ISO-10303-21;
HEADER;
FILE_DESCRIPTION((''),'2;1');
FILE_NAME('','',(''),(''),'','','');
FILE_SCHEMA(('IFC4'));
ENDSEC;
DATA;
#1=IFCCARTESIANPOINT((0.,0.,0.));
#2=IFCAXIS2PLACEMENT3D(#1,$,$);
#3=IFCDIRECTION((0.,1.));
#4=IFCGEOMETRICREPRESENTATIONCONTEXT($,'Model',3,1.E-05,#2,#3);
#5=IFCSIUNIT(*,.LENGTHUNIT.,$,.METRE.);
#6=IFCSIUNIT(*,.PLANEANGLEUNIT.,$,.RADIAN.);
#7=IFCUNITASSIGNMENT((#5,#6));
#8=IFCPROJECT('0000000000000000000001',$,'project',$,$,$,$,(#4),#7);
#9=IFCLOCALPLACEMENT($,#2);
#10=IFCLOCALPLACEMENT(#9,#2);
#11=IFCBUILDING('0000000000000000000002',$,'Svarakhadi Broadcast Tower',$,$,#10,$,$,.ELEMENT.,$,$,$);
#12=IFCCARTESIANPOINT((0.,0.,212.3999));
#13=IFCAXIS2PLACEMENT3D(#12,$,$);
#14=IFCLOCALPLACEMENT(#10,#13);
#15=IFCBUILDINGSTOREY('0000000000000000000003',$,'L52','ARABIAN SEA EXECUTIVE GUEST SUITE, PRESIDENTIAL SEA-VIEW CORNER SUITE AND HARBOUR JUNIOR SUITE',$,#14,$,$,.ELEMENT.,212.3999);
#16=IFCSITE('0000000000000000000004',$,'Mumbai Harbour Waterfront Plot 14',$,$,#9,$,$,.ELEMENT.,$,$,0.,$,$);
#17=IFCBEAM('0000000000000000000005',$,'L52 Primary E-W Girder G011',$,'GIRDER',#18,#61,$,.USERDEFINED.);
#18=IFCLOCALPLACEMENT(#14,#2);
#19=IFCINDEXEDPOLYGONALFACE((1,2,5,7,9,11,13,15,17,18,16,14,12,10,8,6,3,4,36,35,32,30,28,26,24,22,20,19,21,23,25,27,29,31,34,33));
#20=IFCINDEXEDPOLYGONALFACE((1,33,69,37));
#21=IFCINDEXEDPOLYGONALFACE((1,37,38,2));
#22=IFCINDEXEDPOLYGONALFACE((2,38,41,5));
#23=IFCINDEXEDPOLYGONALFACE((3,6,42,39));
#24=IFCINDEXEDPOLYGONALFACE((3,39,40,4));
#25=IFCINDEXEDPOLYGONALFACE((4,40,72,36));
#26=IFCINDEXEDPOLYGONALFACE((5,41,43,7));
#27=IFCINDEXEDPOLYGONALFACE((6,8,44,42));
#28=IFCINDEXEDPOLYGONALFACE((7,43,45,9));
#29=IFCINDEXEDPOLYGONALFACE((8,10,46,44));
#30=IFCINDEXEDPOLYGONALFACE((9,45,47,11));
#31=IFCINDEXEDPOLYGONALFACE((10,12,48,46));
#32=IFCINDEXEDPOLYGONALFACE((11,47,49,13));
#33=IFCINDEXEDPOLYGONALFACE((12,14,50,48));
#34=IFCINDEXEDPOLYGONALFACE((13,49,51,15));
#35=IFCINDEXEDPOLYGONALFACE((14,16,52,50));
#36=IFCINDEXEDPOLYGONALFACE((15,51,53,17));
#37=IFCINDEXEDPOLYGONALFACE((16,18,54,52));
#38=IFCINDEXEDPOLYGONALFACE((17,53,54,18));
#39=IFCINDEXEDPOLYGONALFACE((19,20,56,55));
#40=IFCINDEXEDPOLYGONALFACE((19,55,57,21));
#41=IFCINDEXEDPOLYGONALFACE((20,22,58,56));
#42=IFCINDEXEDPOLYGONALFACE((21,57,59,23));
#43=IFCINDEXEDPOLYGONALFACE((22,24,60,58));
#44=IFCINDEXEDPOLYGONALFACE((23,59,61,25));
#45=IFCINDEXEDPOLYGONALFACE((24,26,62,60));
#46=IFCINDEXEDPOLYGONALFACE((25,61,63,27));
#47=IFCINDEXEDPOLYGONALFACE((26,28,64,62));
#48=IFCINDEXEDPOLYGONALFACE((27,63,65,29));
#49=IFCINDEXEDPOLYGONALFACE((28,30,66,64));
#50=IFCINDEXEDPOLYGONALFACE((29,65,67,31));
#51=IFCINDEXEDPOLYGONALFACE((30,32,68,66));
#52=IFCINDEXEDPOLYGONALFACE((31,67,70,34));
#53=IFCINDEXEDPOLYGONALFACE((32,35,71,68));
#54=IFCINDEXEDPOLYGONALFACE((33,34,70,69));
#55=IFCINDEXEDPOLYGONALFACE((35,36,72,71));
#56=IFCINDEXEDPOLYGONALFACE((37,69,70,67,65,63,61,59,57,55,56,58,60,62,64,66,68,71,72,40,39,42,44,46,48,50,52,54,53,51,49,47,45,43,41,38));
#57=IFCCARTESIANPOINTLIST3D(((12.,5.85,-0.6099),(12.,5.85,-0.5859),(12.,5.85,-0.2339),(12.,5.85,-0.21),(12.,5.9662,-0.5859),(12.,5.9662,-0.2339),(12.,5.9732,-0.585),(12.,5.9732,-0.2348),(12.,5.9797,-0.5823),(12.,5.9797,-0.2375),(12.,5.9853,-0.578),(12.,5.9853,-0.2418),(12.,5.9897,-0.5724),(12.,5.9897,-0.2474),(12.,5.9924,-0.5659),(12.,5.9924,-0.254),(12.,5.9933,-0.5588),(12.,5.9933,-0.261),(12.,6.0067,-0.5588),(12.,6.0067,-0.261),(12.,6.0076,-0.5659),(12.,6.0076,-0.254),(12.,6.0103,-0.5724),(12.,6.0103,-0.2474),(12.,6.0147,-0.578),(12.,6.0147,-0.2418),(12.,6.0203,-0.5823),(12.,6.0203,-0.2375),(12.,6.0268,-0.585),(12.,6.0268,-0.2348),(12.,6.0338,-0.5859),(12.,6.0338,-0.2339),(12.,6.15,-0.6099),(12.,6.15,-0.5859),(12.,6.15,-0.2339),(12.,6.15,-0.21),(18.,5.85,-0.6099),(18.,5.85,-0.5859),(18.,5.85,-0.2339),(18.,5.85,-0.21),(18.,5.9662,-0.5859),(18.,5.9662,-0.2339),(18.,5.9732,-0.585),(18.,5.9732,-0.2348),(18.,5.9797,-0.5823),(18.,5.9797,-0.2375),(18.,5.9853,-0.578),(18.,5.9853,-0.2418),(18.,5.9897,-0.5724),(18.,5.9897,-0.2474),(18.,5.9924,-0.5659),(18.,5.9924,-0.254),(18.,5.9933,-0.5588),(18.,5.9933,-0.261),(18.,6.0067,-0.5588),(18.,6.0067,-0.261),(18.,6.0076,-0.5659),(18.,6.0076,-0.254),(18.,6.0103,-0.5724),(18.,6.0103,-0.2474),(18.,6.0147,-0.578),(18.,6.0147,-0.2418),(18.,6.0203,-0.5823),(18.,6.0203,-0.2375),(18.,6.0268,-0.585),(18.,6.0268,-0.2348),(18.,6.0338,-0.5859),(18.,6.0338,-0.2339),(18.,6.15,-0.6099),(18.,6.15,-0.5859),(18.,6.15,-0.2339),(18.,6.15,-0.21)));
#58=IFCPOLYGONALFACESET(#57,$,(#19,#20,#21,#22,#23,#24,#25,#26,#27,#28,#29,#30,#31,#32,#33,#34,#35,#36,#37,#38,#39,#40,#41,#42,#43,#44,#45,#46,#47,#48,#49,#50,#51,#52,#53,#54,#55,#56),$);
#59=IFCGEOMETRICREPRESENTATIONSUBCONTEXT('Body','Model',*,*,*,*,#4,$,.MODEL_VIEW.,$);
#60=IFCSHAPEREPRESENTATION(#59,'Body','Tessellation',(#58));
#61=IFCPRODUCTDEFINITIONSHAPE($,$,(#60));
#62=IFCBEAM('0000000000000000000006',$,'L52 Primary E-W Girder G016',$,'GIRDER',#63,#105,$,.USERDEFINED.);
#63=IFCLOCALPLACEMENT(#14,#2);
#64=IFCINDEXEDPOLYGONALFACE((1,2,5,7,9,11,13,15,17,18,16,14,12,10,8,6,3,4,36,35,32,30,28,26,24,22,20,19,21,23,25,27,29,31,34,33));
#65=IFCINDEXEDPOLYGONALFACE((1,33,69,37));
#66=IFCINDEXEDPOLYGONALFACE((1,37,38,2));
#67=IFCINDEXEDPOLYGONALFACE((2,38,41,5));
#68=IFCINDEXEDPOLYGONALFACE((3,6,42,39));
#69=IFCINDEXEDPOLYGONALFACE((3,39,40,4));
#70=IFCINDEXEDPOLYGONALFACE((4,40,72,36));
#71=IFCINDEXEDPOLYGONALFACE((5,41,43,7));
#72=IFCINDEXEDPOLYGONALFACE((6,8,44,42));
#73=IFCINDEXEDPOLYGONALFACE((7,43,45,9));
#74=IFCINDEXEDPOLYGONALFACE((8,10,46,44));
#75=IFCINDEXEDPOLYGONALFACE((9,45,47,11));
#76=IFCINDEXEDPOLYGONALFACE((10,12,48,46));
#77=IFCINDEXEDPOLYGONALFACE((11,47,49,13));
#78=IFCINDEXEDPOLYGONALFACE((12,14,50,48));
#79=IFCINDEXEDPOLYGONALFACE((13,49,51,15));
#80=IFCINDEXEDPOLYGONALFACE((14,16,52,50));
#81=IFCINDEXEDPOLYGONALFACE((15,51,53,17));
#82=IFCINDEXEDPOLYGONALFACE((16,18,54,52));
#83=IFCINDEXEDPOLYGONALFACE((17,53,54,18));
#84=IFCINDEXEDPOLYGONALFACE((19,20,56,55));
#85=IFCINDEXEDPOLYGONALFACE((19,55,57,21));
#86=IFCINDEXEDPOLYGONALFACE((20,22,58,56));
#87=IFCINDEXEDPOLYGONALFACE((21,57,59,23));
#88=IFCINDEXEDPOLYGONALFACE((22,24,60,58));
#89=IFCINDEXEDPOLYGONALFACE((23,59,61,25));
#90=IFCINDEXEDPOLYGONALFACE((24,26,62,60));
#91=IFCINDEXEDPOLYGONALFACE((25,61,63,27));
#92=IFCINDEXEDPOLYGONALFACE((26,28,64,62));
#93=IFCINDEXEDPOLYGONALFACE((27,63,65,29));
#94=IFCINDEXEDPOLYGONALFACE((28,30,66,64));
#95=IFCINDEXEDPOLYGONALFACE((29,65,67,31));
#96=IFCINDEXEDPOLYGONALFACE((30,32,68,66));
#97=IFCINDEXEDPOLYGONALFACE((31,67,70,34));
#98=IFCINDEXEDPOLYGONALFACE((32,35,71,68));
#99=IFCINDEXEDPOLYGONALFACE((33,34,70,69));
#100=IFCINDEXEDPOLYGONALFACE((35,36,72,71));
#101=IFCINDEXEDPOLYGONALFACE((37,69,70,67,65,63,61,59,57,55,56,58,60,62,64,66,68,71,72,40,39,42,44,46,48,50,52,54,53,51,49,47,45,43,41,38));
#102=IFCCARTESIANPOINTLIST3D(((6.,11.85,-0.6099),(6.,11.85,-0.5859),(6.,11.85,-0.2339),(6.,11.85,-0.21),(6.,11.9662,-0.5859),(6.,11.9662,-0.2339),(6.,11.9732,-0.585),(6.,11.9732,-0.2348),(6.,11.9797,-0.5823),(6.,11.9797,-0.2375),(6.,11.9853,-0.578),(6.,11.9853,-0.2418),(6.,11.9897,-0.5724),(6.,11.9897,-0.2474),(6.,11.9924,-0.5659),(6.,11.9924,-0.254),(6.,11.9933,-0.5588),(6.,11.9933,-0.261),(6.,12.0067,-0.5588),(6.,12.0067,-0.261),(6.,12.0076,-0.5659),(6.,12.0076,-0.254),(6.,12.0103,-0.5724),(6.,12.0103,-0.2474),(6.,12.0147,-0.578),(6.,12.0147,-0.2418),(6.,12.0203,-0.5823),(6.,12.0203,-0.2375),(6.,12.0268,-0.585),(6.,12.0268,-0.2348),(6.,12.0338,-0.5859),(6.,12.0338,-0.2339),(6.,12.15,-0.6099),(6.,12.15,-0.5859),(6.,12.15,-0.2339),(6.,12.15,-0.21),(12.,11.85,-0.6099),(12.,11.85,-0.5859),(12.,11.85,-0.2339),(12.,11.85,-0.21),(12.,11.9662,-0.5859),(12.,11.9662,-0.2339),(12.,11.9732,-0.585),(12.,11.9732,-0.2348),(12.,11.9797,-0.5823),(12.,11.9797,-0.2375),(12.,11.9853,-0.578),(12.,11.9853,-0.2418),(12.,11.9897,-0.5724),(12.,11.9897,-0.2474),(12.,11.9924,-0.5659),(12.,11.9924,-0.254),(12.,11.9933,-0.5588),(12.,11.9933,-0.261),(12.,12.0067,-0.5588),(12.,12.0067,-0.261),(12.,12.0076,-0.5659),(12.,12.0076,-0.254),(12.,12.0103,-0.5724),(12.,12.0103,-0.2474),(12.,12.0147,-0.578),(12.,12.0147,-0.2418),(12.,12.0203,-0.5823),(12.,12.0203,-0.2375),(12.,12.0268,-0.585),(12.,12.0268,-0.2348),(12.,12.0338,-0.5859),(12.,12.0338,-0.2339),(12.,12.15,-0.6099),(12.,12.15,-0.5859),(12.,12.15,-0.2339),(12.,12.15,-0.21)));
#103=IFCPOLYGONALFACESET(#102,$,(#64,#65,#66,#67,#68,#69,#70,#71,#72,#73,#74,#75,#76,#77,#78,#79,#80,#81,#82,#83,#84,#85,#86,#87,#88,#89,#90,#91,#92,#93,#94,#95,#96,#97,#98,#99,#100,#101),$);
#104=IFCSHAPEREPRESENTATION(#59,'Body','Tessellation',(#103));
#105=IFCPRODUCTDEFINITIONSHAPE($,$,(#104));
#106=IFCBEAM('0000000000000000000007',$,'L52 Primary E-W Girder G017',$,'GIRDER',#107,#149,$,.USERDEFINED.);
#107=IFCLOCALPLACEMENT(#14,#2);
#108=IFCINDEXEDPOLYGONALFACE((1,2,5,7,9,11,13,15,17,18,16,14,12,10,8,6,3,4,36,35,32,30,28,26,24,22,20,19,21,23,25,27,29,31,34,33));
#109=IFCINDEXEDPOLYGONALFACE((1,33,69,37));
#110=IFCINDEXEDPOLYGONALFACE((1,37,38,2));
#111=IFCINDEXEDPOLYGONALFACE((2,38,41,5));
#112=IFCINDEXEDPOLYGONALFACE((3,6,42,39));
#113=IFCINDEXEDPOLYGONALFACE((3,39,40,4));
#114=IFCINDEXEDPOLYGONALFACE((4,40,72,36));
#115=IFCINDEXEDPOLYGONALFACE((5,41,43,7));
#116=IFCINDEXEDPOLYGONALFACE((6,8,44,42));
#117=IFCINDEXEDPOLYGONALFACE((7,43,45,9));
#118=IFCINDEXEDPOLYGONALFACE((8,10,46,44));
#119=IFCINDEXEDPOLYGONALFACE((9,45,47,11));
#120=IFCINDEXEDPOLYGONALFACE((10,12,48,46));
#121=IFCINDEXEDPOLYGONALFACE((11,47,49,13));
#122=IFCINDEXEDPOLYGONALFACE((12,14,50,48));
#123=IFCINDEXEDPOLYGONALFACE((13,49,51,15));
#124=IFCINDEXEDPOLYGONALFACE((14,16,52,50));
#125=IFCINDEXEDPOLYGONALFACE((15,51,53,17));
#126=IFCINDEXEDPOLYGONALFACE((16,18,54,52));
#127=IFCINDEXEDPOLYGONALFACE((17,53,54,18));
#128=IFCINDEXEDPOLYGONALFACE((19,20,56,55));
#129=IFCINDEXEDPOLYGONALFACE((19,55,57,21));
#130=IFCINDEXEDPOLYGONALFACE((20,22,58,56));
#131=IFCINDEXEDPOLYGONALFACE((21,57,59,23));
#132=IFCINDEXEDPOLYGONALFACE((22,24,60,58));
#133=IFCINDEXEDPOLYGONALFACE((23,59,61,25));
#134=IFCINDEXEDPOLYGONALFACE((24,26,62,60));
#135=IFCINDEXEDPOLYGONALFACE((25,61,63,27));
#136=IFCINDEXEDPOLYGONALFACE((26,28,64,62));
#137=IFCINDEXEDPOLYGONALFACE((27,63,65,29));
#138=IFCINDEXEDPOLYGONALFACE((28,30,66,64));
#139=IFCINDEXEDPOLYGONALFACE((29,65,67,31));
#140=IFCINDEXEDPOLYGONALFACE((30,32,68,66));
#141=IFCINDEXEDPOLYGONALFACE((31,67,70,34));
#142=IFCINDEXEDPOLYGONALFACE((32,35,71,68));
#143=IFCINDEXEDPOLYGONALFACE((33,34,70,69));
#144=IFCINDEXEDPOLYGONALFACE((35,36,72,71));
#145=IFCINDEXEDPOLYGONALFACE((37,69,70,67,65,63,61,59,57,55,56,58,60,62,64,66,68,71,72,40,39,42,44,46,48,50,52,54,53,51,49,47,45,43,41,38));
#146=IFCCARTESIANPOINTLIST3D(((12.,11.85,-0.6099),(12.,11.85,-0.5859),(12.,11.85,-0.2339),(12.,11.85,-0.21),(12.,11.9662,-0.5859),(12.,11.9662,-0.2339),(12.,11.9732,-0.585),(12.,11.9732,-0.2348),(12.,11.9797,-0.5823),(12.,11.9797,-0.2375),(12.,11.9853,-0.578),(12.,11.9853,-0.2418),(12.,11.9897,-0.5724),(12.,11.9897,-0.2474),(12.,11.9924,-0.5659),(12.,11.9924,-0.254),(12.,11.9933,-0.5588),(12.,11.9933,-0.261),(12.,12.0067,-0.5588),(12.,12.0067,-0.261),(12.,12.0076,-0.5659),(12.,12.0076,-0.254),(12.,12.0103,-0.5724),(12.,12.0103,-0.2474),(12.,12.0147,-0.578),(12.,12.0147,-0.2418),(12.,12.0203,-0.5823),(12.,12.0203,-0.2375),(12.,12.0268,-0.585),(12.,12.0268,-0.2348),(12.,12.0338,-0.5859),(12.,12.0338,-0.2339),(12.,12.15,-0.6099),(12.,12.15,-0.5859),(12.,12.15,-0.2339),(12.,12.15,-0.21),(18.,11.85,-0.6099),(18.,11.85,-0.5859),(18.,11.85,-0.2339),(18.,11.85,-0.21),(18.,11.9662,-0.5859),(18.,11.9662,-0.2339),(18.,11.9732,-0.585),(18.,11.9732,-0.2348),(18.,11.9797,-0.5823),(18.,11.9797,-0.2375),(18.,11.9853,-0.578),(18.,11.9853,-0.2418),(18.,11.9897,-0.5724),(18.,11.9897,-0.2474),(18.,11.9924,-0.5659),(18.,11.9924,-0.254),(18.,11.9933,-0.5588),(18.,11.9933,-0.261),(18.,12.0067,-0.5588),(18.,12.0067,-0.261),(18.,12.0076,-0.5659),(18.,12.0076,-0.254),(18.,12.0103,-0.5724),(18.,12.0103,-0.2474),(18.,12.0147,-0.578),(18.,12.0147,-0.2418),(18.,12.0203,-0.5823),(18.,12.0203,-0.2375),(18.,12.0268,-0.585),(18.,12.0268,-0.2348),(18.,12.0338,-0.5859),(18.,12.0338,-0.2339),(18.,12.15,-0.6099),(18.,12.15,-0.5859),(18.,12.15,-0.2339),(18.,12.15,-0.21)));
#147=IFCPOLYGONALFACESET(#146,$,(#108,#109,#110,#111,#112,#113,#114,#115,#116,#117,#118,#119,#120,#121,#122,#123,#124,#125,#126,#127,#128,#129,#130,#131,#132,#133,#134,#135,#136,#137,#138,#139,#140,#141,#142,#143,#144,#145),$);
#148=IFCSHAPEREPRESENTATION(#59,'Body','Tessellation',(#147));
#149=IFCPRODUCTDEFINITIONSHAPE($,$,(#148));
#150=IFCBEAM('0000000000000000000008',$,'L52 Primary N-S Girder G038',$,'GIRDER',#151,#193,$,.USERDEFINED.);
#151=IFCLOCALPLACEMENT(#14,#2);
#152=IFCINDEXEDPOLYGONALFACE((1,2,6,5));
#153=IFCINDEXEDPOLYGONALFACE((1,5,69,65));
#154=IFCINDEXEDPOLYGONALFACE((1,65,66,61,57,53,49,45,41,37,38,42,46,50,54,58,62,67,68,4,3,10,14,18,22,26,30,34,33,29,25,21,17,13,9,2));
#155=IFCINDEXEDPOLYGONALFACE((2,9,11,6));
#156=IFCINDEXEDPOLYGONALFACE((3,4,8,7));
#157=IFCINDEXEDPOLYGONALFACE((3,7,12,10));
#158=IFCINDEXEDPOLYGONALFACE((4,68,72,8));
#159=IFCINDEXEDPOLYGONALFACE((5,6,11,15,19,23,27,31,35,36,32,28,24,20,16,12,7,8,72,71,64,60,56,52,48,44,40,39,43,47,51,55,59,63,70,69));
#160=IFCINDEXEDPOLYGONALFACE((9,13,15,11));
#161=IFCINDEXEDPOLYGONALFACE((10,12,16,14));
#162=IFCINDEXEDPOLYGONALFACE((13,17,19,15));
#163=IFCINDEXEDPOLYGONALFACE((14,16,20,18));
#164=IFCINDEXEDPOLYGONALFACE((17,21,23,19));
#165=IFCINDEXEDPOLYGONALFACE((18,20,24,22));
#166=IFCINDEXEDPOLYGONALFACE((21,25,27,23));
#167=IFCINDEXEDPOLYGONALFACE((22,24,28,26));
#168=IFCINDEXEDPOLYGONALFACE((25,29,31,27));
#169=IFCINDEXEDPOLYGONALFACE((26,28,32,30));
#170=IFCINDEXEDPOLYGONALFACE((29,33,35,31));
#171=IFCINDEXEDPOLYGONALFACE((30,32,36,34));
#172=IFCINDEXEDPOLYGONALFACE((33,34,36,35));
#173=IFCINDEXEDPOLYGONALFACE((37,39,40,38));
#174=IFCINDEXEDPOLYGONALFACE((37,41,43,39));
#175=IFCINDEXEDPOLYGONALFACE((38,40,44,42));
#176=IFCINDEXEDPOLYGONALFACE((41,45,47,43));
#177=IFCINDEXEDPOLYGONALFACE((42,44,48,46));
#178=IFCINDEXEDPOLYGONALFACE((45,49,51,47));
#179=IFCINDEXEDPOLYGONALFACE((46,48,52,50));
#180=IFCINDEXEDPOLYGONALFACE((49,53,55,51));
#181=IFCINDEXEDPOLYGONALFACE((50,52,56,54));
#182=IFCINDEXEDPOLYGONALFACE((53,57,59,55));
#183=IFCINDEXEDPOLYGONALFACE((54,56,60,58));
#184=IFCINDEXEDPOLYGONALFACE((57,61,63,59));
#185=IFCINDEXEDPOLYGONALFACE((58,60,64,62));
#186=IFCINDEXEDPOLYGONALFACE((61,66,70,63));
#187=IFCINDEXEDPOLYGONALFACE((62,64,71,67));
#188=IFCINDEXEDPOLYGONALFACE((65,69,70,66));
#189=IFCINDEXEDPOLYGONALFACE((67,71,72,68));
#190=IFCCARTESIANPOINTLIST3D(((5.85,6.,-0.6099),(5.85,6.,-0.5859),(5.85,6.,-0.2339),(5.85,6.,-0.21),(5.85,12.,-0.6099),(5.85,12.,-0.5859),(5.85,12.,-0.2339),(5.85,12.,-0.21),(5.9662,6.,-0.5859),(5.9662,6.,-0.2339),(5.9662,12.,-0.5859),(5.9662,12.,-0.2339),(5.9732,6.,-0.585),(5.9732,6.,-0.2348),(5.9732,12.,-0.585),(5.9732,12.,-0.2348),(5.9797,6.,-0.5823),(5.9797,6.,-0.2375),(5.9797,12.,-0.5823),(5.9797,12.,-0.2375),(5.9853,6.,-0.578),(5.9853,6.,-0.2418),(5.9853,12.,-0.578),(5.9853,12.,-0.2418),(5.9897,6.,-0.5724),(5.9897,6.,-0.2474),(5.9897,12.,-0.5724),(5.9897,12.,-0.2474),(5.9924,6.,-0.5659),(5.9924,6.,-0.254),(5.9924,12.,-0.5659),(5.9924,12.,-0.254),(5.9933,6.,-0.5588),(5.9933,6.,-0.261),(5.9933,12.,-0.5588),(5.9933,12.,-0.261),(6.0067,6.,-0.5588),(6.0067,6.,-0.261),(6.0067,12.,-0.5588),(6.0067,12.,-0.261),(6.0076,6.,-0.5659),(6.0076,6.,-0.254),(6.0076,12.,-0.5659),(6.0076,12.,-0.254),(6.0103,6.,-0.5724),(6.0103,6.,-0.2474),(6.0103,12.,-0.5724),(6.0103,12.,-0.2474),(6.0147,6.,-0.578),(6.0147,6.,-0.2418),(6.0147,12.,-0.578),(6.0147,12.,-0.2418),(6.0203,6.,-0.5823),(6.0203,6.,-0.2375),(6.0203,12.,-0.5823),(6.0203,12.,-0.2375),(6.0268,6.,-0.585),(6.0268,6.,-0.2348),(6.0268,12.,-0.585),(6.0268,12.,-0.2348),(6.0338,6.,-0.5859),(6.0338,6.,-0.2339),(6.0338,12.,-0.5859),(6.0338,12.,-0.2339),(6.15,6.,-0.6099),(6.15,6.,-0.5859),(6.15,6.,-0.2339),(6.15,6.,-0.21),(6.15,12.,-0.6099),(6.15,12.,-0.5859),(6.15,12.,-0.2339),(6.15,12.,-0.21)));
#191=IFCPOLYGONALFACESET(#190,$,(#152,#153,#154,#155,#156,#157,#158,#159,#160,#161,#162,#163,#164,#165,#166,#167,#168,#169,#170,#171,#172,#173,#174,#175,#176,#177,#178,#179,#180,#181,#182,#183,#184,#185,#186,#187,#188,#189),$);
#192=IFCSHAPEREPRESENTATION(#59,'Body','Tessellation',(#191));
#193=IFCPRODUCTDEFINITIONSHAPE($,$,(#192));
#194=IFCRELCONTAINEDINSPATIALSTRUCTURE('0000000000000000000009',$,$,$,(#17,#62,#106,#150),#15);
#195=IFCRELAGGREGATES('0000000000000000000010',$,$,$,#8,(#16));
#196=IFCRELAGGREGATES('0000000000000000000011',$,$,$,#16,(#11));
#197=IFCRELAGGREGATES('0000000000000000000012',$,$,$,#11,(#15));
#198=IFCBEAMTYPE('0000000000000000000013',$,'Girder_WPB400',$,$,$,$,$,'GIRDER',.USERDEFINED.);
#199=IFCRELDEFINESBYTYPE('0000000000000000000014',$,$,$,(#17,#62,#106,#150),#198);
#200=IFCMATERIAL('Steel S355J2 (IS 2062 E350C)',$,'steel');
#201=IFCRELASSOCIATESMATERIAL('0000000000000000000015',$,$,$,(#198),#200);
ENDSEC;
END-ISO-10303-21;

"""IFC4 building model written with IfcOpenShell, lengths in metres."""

from ifc_helpers import new_model, si_unit, direction, frame, origin, origin_2d, place, context, subcontext, project, spatial, i_section, extrude, material, material_profile, profile_set, type_object, element, save


model = new_model("IFC4")

# Units and contexts
model_context = context("Model", 3, precision=1e-05, world=origin(), true_north=direction((0.0, 1.0)))
body_context = subcontext(model_context, "Body", "Model", "MODEL_VIEW")
ifc_project = project(units=[si_unit("LENGTHUNIT", "METRE"), si_unit("PLANEANGLEUNIT", "RADIAN")], contexts=[model_context])

# Site, building, storey
site_placement = place(None, origin())
site = spatial("IfcSite", under=ifc_project, at=site_placement, Name="Mumbai Harbour Waterfront Plot 14", CompositionType="ELEMENT", RefElevation=0.0)
building_placement = place(site_placement, origin())
building = spatial("IfcBuilding", under=site, at=building_placement, Name="Svarakhadi Broadcast Tower", CompositionType="ELEMENT")
storey_placement = place(building_placement, frame((0.0, 0.0, 212.3999)))
storey = spatial("IfcBuildingStorey", under=building, at=storey_placement, Name="L52", Description="ARABIAN SEA EXECUTIVE GUEST SUITE, PRESIDENTIAL SEA-VIEW CORNER SUITE AND HARBOUR JUNIOR SUITE", CompositionType="ELEMENT", Elevation=212.3999)

# Beams
ifc_material_1 = material(Name="Steel S355J2 (IS 2062 E350C)", Category="steel")
ifc_material_profile_1 = material_profile(ifc_material_1, i_section(OverallWidth=0.3, OverallDepth=0.3999, WebThickness=0.0134, FlangeThickness=0.0239, FilletRadius=0.0271, at=origin_2d()), Name="WPB 400x300x155")
ifc_profile_set_1 = profile_set([ifc_material_profile_1], Name="Steel S355J2 (IS 2062 E350C)")
beam_type_1 = type_object("IfcBeamType", Name="Girder_WPB400", ElementType="GIRDER", PredefinedType="USERDEFINED", material=ifc_profile_set_1)
for number, where, z_axis, x_axis, name in (
    (1, (12.0, 6.0, -0.4099), (1.0, 0.0, 0.0), (0.0, 1.0, 0.0), "L52 Primary E-W Girder G011"),
    (2, (6.0, 12.0, -0.4099), (1.0, 0.0, 0.0), (0.0, 1.0, 0.0), "L52 Primary E-W Girder G016"),
    (3, (12.0, 12.0, -0.4099), (1.0, 0.0, 0.0), (0.0, 1.0, 0.0), "L52 Primary E-W Girder G017"),
    (4, (6.0, 6.0, -0.4099), (0.0, 1.0, 0.0), (-1.0, 0.0, 0.0), "L52 Primary N-S Girder G038"),
):
    element("IfcBeam", number, at=place(storey_placement, frame(where, z_axis=z_axis, x_axis=x_axis)), inside=storey, type_object=beam_type_1, Name=name, ObjectType="GIRDER", PredefinedType="USERDEFINED", context=body_context, shape_type="SweptSolid", body=[
        extrude(i_section(OverallWidth=0.3, OverallDepth=0.3999, WebThickness=0.0134, FlangeThickness=0.0239, FilletRadius=0.0271, at=origin_2d()), origin(), (0.0, 0.0, 1.0), 6.0),
    ])

save(model, "model.ifc")
